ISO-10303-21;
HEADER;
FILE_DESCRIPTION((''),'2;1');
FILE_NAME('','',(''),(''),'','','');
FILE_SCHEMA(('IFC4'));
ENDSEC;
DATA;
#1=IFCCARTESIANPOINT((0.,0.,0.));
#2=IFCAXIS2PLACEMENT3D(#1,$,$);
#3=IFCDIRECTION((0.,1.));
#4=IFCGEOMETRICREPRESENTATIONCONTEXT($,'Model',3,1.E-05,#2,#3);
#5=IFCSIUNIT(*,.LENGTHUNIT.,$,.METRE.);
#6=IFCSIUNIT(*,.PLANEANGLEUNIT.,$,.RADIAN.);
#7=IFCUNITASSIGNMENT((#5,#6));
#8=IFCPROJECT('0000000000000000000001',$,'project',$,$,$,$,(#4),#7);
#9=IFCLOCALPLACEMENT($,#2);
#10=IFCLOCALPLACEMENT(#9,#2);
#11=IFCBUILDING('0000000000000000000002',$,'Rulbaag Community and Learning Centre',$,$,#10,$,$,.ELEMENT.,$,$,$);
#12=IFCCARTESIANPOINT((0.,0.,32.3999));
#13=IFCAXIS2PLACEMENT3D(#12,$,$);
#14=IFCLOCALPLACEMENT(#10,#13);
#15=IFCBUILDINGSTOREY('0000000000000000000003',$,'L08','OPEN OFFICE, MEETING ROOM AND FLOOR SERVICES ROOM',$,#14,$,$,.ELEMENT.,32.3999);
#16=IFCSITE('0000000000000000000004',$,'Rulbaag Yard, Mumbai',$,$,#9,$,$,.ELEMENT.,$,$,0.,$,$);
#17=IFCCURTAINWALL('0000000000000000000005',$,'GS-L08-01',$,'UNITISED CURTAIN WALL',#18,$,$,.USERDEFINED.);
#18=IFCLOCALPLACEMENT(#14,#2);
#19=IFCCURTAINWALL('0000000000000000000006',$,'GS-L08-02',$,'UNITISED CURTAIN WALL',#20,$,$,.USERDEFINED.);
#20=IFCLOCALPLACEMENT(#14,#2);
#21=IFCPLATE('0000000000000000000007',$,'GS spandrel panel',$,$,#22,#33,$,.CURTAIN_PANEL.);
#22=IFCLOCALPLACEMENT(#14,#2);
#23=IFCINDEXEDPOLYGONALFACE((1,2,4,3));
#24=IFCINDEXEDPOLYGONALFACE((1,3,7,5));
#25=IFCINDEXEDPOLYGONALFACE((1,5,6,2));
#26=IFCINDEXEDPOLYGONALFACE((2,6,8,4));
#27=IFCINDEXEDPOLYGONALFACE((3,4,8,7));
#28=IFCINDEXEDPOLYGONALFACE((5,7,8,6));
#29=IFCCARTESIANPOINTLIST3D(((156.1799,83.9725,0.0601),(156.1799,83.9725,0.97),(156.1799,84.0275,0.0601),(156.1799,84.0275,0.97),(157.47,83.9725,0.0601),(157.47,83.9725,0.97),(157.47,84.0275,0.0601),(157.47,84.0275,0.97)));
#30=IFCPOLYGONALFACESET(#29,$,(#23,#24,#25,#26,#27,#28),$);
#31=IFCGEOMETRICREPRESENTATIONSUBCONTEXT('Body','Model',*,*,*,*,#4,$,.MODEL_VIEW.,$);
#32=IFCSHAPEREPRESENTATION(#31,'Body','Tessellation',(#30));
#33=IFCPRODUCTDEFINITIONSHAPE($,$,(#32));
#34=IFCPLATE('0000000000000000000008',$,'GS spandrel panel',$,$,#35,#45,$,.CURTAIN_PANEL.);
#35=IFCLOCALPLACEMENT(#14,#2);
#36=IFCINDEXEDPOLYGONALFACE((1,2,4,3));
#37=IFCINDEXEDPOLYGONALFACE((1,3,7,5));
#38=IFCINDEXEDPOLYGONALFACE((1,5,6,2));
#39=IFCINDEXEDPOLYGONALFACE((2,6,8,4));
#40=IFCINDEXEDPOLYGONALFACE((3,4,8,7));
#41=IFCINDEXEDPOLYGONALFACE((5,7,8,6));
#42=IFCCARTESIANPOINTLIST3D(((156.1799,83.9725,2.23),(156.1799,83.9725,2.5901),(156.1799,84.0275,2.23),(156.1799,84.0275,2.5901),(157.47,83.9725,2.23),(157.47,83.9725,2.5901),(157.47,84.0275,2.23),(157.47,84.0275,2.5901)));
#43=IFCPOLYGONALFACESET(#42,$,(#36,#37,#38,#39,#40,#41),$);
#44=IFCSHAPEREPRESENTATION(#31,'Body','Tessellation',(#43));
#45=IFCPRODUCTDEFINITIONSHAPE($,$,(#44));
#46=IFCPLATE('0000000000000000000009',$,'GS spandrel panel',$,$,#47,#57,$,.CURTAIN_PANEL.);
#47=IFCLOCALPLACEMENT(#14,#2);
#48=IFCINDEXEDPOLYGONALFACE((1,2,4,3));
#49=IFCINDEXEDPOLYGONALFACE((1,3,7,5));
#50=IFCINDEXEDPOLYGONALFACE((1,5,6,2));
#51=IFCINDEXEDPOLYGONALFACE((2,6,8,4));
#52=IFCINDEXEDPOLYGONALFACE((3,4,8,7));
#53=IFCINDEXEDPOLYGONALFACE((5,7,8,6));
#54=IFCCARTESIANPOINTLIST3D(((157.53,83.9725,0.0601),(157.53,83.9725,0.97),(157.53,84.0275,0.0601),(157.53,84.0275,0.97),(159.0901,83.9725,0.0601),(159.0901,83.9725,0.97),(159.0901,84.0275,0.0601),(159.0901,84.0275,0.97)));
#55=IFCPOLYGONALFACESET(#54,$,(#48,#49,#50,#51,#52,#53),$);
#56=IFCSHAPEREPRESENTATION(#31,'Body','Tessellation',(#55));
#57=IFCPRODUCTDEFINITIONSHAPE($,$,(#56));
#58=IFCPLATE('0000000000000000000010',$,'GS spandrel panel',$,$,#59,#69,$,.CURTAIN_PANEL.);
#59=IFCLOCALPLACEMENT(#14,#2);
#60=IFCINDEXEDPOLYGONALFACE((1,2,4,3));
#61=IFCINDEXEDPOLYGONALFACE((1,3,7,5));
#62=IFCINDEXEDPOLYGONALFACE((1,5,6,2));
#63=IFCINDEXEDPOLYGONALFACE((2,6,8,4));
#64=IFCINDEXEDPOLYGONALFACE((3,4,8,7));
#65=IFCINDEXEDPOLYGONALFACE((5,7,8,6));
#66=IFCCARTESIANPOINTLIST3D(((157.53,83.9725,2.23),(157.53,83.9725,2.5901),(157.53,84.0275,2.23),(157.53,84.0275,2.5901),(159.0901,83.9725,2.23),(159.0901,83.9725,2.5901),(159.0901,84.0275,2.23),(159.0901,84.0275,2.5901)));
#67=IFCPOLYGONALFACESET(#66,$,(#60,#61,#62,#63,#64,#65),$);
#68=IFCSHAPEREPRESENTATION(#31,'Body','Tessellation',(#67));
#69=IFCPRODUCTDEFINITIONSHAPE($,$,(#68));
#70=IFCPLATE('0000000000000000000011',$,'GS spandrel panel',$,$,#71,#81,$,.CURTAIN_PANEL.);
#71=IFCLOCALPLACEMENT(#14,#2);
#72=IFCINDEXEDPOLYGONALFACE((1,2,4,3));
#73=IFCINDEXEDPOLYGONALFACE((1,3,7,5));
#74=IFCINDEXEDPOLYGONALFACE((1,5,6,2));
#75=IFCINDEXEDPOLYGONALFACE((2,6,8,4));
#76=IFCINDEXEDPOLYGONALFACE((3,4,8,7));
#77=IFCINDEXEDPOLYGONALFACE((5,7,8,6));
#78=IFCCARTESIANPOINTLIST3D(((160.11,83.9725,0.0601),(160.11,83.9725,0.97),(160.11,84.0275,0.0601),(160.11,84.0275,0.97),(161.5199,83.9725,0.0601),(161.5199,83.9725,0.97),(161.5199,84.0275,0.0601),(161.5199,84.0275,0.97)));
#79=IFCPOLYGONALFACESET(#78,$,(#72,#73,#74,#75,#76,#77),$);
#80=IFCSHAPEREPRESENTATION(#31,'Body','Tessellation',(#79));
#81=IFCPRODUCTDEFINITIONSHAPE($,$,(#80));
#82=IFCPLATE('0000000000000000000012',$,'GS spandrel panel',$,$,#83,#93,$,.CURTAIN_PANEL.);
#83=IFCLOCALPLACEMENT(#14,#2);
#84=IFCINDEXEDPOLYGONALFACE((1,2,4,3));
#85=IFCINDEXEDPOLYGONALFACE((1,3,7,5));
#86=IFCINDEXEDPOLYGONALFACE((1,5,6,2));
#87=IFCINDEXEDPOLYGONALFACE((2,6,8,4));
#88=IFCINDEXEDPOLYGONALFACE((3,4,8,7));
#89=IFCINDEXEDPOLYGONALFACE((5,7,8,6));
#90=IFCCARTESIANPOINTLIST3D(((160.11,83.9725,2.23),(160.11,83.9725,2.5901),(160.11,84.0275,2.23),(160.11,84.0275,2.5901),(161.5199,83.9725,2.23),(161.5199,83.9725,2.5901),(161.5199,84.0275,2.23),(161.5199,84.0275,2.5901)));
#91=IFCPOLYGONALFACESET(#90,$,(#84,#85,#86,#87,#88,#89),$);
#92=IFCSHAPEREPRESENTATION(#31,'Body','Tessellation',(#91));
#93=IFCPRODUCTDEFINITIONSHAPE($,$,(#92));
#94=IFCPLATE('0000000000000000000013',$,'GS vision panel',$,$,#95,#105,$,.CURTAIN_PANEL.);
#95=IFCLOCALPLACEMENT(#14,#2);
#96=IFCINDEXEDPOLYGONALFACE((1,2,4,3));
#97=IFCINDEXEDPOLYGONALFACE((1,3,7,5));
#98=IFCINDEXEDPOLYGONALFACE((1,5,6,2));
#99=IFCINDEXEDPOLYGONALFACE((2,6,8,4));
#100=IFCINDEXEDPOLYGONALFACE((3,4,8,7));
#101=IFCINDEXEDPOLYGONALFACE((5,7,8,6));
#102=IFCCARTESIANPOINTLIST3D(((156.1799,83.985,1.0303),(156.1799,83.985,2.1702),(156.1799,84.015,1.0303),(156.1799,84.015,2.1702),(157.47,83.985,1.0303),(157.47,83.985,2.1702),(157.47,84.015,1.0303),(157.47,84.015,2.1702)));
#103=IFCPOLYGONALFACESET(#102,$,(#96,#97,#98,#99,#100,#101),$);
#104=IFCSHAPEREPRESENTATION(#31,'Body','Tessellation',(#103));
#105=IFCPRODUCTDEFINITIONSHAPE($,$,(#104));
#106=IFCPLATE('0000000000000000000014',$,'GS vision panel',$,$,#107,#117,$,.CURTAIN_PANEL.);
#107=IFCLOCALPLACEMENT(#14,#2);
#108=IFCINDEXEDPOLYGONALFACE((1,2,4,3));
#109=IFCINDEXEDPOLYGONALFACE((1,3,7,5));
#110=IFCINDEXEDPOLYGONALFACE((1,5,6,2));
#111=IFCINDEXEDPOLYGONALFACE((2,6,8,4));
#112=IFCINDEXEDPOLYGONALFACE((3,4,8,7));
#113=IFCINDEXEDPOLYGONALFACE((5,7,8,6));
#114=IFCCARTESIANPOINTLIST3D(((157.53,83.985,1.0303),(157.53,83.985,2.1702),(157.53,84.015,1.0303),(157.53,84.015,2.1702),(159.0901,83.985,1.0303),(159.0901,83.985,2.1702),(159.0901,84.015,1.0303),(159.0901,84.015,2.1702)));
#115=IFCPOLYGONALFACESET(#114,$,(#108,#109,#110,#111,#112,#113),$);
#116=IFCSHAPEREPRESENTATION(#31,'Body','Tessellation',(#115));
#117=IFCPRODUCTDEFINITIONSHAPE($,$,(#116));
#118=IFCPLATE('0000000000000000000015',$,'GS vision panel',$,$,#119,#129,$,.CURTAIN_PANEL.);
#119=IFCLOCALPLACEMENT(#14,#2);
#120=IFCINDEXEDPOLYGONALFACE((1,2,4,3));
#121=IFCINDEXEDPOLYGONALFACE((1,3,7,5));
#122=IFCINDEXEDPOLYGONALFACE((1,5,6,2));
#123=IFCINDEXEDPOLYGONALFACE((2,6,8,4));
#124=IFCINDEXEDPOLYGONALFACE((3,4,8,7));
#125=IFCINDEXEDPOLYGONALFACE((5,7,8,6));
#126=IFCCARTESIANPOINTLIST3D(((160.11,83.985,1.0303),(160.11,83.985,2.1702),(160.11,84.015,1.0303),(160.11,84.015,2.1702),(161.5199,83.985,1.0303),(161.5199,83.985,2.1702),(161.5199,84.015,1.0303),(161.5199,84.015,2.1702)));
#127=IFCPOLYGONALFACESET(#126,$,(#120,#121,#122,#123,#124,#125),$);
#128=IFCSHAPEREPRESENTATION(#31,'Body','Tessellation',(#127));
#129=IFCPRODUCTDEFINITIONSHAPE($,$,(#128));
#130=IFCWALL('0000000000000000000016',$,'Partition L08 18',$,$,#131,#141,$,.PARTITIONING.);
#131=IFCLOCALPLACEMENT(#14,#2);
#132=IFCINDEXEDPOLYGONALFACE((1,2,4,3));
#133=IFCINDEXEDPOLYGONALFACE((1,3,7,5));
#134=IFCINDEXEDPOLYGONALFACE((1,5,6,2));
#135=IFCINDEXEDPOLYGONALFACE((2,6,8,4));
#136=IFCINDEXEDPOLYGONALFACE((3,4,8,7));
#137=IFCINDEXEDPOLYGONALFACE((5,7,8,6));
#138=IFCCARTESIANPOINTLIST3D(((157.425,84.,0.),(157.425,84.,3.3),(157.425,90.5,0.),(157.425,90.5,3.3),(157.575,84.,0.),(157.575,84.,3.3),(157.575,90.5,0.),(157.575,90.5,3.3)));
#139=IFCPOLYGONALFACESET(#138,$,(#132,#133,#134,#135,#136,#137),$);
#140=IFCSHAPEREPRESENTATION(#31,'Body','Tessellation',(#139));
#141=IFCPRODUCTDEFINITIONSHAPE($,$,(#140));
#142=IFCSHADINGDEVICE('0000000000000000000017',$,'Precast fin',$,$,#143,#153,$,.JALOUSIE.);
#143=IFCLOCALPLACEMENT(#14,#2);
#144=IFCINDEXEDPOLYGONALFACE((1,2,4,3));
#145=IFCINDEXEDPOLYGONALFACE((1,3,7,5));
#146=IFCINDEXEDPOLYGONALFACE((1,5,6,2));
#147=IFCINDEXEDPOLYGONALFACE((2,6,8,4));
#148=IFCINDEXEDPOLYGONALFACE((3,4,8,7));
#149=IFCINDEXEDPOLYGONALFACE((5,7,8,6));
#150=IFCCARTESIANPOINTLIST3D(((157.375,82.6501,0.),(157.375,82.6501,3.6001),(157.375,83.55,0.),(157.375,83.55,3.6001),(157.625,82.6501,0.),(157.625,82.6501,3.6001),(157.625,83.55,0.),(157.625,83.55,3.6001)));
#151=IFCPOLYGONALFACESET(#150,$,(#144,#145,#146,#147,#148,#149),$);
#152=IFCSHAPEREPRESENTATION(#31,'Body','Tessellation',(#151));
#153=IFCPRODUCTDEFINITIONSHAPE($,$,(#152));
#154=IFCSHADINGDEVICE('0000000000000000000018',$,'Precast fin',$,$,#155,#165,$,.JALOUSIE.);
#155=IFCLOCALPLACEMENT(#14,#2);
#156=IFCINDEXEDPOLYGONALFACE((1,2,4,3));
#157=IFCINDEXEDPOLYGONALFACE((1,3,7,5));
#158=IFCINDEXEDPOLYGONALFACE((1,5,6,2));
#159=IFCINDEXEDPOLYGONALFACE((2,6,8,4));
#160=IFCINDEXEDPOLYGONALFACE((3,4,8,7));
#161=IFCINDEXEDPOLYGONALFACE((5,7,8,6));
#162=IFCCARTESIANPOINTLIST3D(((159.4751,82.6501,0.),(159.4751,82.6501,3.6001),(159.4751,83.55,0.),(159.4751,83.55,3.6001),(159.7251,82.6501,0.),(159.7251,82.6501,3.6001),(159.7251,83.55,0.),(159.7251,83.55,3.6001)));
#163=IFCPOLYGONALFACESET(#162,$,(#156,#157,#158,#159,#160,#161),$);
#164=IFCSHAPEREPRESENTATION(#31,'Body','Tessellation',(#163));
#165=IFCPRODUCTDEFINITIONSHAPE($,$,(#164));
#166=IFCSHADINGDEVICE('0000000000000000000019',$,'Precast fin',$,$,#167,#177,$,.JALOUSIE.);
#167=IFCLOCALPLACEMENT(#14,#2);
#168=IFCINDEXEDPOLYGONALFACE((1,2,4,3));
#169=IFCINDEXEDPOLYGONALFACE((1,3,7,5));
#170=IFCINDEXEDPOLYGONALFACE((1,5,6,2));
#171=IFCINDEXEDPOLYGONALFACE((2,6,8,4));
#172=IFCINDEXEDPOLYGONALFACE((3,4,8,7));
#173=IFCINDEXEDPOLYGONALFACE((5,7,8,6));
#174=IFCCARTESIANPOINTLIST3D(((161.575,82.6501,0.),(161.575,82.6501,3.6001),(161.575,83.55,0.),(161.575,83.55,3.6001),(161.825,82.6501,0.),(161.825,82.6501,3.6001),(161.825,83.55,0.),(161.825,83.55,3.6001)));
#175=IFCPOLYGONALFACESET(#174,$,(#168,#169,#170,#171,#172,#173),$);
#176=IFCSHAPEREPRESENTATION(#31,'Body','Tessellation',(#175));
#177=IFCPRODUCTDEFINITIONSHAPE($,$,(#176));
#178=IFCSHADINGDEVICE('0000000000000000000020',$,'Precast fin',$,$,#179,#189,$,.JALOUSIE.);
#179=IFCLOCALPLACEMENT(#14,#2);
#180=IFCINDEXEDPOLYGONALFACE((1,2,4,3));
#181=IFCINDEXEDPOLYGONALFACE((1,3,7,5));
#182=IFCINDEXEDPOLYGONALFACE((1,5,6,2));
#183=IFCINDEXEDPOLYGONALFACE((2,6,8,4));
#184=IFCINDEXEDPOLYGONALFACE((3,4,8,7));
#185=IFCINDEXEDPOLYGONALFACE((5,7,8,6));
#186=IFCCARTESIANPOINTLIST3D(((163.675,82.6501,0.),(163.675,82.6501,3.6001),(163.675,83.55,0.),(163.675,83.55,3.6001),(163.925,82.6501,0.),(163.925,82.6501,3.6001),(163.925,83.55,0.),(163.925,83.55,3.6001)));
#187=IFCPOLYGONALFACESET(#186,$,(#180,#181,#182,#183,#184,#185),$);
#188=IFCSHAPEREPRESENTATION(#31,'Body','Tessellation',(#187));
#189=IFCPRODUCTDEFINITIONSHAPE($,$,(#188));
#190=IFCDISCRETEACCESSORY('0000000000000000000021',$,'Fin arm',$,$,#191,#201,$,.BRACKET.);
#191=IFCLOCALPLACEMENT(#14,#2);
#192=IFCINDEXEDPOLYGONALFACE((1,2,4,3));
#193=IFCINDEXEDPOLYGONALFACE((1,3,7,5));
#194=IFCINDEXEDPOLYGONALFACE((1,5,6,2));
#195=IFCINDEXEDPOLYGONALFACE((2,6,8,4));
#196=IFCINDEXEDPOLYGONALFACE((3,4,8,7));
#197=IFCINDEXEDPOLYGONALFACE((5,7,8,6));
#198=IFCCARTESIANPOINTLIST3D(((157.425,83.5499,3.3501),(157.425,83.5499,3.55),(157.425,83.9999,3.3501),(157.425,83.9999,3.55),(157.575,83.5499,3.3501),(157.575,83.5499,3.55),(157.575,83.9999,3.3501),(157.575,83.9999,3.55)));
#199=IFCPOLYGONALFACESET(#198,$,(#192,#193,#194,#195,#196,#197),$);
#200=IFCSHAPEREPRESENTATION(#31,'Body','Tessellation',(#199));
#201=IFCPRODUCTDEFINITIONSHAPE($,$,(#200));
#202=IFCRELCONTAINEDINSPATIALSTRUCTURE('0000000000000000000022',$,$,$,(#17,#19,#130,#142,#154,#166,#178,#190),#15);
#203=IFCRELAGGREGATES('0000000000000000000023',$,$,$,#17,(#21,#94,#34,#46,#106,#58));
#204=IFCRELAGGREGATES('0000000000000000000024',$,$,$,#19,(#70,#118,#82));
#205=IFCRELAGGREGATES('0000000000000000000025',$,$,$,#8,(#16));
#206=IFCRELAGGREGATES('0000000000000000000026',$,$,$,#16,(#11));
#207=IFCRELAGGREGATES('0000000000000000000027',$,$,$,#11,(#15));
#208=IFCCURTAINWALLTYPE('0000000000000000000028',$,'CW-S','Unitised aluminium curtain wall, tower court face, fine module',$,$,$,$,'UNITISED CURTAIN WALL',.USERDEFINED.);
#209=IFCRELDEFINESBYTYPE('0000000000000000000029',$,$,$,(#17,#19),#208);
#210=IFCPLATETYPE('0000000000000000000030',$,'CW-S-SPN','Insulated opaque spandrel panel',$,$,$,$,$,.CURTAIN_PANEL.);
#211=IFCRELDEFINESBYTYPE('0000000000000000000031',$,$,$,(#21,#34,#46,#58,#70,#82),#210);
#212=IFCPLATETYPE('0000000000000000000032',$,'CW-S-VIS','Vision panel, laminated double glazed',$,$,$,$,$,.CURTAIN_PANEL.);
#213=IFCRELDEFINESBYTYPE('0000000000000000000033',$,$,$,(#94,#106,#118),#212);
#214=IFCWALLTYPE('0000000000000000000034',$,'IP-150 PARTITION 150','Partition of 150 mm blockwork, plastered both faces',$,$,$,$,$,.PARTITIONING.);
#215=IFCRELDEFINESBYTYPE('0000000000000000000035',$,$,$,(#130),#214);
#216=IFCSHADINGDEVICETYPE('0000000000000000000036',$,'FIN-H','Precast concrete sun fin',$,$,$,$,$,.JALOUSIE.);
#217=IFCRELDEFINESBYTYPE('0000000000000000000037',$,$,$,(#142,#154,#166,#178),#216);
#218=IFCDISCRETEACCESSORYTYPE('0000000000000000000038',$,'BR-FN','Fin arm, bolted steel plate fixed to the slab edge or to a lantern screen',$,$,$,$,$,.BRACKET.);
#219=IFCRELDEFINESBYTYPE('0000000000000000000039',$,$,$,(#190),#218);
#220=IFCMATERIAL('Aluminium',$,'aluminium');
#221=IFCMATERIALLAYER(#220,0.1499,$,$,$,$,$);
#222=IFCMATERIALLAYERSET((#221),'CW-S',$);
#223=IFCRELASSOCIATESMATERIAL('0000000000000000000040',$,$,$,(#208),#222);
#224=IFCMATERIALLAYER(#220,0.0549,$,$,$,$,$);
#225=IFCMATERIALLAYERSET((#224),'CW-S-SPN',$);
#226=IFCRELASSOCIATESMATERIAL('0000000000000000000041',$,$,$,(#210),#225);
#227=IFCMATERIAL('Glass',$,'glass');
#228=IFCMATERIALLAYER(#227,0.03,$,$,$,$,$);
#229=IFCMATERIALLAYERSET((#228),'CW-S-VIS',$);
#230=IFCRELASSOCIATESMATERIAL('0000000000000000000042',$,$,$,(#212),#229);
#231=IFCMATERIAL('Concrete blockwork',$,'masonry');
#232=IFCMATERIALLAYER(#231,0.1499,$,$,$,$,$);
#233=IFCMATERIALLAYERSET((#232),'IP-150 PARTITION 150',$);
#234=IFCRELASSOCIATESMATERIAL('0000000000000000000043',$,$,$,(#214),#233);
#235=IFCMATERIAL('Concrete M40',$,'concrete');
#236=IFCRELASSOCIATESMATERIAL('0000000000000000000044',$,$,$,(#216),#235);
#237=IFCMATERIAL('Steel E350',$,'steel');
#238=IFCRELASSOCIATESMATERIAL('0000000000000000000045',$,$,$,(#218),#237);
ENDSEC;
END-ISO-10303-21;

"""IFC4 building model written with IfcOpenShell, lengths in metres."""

from ifc_helpers import new_model, si_unit, direction, frame, frame_2d, origin, origin_2d, place, context, subcontext, project, spatial, rectangle, extrude, material, layer, layer_set, material_profile, profile_set, type_object, element, aggregate, save


model = new_model("IFC4")

# Units and contexts
model_context = context("Model", 3, precision=1e-05, world=origin(), true_north=direction((0.0, 1.0)))
body_context = subcontext(model_context, "Body", "Model", "MODEL_VIEW")
ifc_project = project(units=[si_unit("LENGTHUNIT", "METRE"), si_unit("PLANEANGLEUNIT", "RADIAN")], contexts=[model_context])

# Site, building, storey
site_placement = place(None, origin())
site = spatial("IfcSite", under=ifc_project, at=site_placement, Name="Rulbaag Yard, Mumbai", CompositionType="ELEMENT", RefElevation=0.0)
building_placement = place(site_placement, origin())
building = spatial("IfcBuilding", under=site, at=building_placement, Name="Rulbaag Community and Learning Centre", CompositionType="ELEMENT")
storey_placement = place(building_placement, frame((0.0, 0.0, 32.3999)))
storey = spatial("IfcBuildingStorey", under=building, at=storey_placement, Name="L08", Description="OPEN OFFICE, MEETING ROOM AND FLOOR SERVICES ROOM", CompositionType="ELEMENT", Elevation=32.3999)

# Shared definitions
ifc_material_1 = material(Name="Concrete M40", Category="concrete")

# Curtain walls
ifc_material_2 = material(Name="Aluminium", Category="aluminium")
ifc_layer_1 = layer(ifc_material_2, 0.1499)
ifc_layer_set_1 = layer_set([ifc_layer_1], Name="CW-S")
curtain_wall_type = type_object("IfcCurtainWallType", Name="CW-S", Description="Unitised aluminium curtain wall, tower court face, fine module", ElementType="UNITISED CURTAIN WALL", PredefinedType="USERDEFINED", material=ifc_layer_set_1)
curtain_wall_1_placement = place(storey_placement, origin())
curtain_wall_1 = element("IfcCurtainWall", 1, at=curtain_wall_1_placement, inside=storey, type_object=curtain_wall_type, Name="GS-L08-01", ObjectType="UNITISED CURTAIN WALL", PredefinedType="USERDEFINED")
curtain_wall_2_placement = place(storey_placement, origin())
curtain_wall_2 = element("IfcCurtainWall", 2, at=curtain_wall_2_placement, inside=storey, type_object=curtain_wall_type, Name="GS-L08-02", ObjectType="UNITISED CURTAIN WALL", PredefinedType="USERDEFINED")

# Plates
ifc_layer_2 = layer(ifc_material_2, 0.0549)
ifc_layer_set_2 = layer_set([ifc_layer_2], Name="CW-S-SPN")
plate_type_1 = type_object("IfcPlateType", Name="CW-S-SPN", Description="Insulated opaque spandrel panel", PredefinedType="CURTAIN_PANEL", material=ifc_layer_set_2)
plate_1_placement = place(storey_placement, frame((156.825, 84.0, 0.0601), z_axis=(0.0, 0.0, 1.0), x_axis=(1.0, 0.0, 0.0)))
plate_1 = element("IfcPlate", 3, at=plate_1_placement, type_object=plate_type_1, Name="GS spandrel panel", PredefinedType="CURTAIN_PANEL", context=body_context, shape_type="SweptSolid", body=[
    extrude(rectangle(XDim=1.29, YDim=0.0549, at=origin_2d()), origin(), (0.0, 0.0, 1.0), 0.9099),
])
plate_2_placement = place(storey_placement, frame((156.825, 84.0, 2.23), z_axis=(0.0, 0.0, 1.0), x_axis=(1.0, 0.0, 0.0)))
plate_2 = element("IfcPlate", 4, at=plate_2_placement, type_object=plate_type_1, Name="GS spandrel panel", PredefinedType="CURTAIN_PANEL", context=body_context, shape_type="SweptSolid", body=[
    extrude(rectangle(XDim=1.29, YDim=0.0549, at=origin_2d()), origin(), (0.0, 0.0, 1.0), 0.3601),
])
plate_3_placement = place(storey_placement, frame((158.3101, 84.0, 0.0601), z_axis=(0.0, 0.0, 1.0), x_axis=(1.0, 0.0, 0.0)))
plate_3 = element("IfcPlate", 5, at=plate_3_placement, type_object=plate_type_1, Name="GS spandrel panel", PredefinedType="CURTAIN_PANEL", context=body_context, shape_type="SweptSolid", body=[
    extrude(rectangle(XDim=1.5601, YDim=0.0549, at=origin_2d()), origin(), (0.0, 0.0, 1.0), 0.9099),
])
plate_4_placement = place(storey_placement, frame((158.3101, 84.0, 2.23), z_axis=(0.0, 0.0, 1.0), x_axis=(1.0, 0.0, 0.0)))
plate_4 = element("IfcPlate", 6, at=plate_4_placement, type_object=plate_type_1, Name="GS spandrel panel", PredefinedType="CURTAIN_PANEL", context=body_context, shape_type="SweptSolid", body=[
    extrude(rectangle(XDim=1.5601, YDim=0.0549, at=origin_2d()), origin(), (0.0, 0.0, 1.0), 0.3601),
])
plate_5_placement = place(storey_placement, frame((160.8149, 84.0, 0.0601), z_axis=(0.0, 0.0, 1.0), x_axis=(1.0, 0.0, 0.0)))
plate_5 = element("IfcPlate", 7, at=plate_5_placement, type_object=plate_type_1, Name="GS spandrel panel", PredefinedType="CURTAIN_PANEL", context=body_context, shape_type="SweptSolid", body=[
    extrude(rectangle(XDim=1.4099, YDim=0.0549, at=origin_2d()), origin(), (0.0, 0.0, 1.0), 0.9099),
])
plate_6_placement = place(storey_placement, frame((160.8149, 84.0, 2.23), z_axis=(0.0, 0.0, 1.0), x_axis=(1.0, 0.0, 0.0)))
plate_6 = element("IfcPlate", 8, at=plate_6_placement, type_object=plate_type_1, Name="GS spandrel panel", PredefinedType="CURTAIN_PANEL", context=body_context, shape_type="SweptSolid", body=[
    extrude(rectangle(XDim=1.4099, YDim=0.0549, at=origin_2d()), origin(), (0.0, 0.0, 1.0), 0.3601),
])
ifc_material_3 = material(Name="Glass", Category="glass")
ifc_layer_3 = layer(ifc_material_3, 0.03)
ifc_layer_set_3 = layer_set([ifc_layer_3], Name="CW-S-VIS")
plate_type_2 = type_object("IfcPlateType", Name="CW-S-VIS", Description="Vision panel, laminated double glazed", PredefinedType="CURTAIN_PANEL", material=ifc_layer_set_3)
plate_7_placement = place(storey_placement, frame((156.825, 84.0, 1.0303), z_axis=(0.0, 0.0, 1.0), x_axis=(1.0, 0.0, 0.0)))
plate_7 = element("IfcPlate", 9, at=plate_7_placement, type_object=plate_type_2, Name="GS vision panel", PredefinedType="CURTAIN_PANEL", context=body_context, shape_type="SweptSolid", body=[
    extrude(rectangle(XDim=1.29, YDim=0.03, at=origin_2d()), origin(), (0.0, 0.0, 1.0), 1.1399),
])
plate_8_placement = place(storey_placement, frame((158.3101, 84.0, 1.0303), z_axis=(0.0, 0.0, 1.0), x_axis=(1.0, 0.0, 0.0)))
plate_8 = element("IfcPlate", 10, at=plate_8_placement, type_object=plate_type_2, Name="GS vision panel", PredefinedType="CURTAIN_PANEL", context=body_context, shape_type="SweptSolid", body=[
    extrude(rectangle(XDim=1.5601, YDim=0.03, at=origin_2d()), origin(), (0.0, 0.0, 1.0), 1.1399),
])
aggregate(curtain_wall_1, [plate_1, plate_7, plate_2, plate_3, plate_8, plate_4])
plate_9_placement = place(storey_placement, frame((160.8149, 84.0, 1.0303), z_axis=(0.0, 0.0, 1.0), x_axis=(1.0, 0.0, 0.0)))
plate_9 = element("IfcPlate", 11, at=plate_9_placement, type_object=plate_type_2, Name="GS vision panel", PredefinedType="CURTAIN_PANEL", context=body_context, shape_type="SweptSolid", body=[
    extrude(rectangle(XDim=1.4099, YDim=0.03, at=origin_2d()), origin(), (0.0, 0.0, 1.0), 1.1399),
])
aggregate(curtain_wall_2, [plate_5, plate_9, plate_6])

# Wall
ifc_material_4 = material(Name="Concrete blockwork", Category="masonry")
ifc_layer_4 = layer(ifc_material_4, 0.1499)
ifc_layer_set_4 = layer_set([ifc_layer_4], Name="IP-150 PARTITION 150")
wall_type = type_object("IfcWallType", Name="IP-150 PARTITION 150", Description="Partition of 150 mm blockwork, plastered both faces", PredefinedType="PARTITIONING", material=ifc_layer_set_4)
wall_placement = place(storey_placement, frame((157.5, 84.0, 0.0), z_axis=(0.0, 0.0, 1.0), x_axis=(0.0, 1.0, 0.0)))
element("IfcWall", 12, at=wall_placement, inside=storey, type_object=wall_type, Name="Partition L08 18", PredefinedType="PARTITIONING", context=body_context, shape_type="SweptSolid", body=[
    extrude(rectangle(XDim=6.5, YDim=0.1499, at=frame_2d((3.25, 0.0))), origin(), (0.0, 0.0, 1.0), 3.3),
])

# Shading devices
ifc_material_profile_1 = material_profile(ifc_material_1, rectangle(XDim=0.25, YDim=0.8999, at=origin_2d()), Name="PC 250x900")
ifc_profile_set_1 = profile_set([ifc_material_profile_1], Name="Concrete M40")
shading_device_type = type_object("IfcShadingDeviceType", Name="FIN-H", Description="Precast concrete sun fin", PredefinedType="JALOUSIE", material=ifc_profile_set_1)
for number, where, z_axis, x_axis, name in (
    (13, (157.5, 83.1001, 0.0), (0.0, 0.0, 1.0), (1.0, 0.0, 0.0), "Precast fin"),
    (14, (159.6001, 83.1001, 0.0), (0.0, 0.0, 1.0), (1.0, 0.0, 0.0), "Precast fin"),
    (15, (161.7, 83.1001, 0.0), (0.0, 0.0, 1.0), (1.0, 0.0, 0.0), "Precast fin"),
    (16, (163.8, 83.1001, 0.0), (0.0, 0.0, 1.0), (1.0, 0.0, 0.0), "Precast fin"),
):
    element("IfcShadingDevice", number, at=place(storey_placement, frame(where, z_axis=z_axis, x_axis=x_axis)), inside=storey, type_object=shading_device_type, Name=name, PredefinedType="JALOUSIE", context=body_context, shape_type="SweptSolid", body=[
        extrude(rectangle(XDim=0.25, YDim=0.8999, at=origin_2d()), origin(), (0.0, 0.0, 1.0), 3.6001),
    ])

# Discrete accessory
ifc_material_5 = material(Name="Steel E350", Category="steel")
discrete_accessory_type = type_object("IfcDiscreteAccessoryType", Name="BR-FN", Description="Fin arm, bolted steel plate fixed to the slab edge or to a lantern screen", PredefinedType="BRACKET", material=ifc_material_5)
for number, where, z_axis, x_axis, name in (
    (17, (157.5, 83.7749, 3.3501), (0.0, 0.0, 1.0), (1.0, 0.0, 0.0), "Fin arm"),
):
    element("IfcDiscreteAccessory", number, at=place(storey_placement, frame(where, z_axis=z_axis, x_axis=x_axis)), inside=storey, type_object=discrete_accessory_type, Name=name, PredefinedType="BRACKET", context=body_context, shape_type="SweptSolid", body=[
        extrude(rectangle(XDim=0.1499, YDim=0.45, at=origin_2d()), origin(), (0.0, 0.0, 1.0), 0.2),
    ])

save(model, "model.ifc")
